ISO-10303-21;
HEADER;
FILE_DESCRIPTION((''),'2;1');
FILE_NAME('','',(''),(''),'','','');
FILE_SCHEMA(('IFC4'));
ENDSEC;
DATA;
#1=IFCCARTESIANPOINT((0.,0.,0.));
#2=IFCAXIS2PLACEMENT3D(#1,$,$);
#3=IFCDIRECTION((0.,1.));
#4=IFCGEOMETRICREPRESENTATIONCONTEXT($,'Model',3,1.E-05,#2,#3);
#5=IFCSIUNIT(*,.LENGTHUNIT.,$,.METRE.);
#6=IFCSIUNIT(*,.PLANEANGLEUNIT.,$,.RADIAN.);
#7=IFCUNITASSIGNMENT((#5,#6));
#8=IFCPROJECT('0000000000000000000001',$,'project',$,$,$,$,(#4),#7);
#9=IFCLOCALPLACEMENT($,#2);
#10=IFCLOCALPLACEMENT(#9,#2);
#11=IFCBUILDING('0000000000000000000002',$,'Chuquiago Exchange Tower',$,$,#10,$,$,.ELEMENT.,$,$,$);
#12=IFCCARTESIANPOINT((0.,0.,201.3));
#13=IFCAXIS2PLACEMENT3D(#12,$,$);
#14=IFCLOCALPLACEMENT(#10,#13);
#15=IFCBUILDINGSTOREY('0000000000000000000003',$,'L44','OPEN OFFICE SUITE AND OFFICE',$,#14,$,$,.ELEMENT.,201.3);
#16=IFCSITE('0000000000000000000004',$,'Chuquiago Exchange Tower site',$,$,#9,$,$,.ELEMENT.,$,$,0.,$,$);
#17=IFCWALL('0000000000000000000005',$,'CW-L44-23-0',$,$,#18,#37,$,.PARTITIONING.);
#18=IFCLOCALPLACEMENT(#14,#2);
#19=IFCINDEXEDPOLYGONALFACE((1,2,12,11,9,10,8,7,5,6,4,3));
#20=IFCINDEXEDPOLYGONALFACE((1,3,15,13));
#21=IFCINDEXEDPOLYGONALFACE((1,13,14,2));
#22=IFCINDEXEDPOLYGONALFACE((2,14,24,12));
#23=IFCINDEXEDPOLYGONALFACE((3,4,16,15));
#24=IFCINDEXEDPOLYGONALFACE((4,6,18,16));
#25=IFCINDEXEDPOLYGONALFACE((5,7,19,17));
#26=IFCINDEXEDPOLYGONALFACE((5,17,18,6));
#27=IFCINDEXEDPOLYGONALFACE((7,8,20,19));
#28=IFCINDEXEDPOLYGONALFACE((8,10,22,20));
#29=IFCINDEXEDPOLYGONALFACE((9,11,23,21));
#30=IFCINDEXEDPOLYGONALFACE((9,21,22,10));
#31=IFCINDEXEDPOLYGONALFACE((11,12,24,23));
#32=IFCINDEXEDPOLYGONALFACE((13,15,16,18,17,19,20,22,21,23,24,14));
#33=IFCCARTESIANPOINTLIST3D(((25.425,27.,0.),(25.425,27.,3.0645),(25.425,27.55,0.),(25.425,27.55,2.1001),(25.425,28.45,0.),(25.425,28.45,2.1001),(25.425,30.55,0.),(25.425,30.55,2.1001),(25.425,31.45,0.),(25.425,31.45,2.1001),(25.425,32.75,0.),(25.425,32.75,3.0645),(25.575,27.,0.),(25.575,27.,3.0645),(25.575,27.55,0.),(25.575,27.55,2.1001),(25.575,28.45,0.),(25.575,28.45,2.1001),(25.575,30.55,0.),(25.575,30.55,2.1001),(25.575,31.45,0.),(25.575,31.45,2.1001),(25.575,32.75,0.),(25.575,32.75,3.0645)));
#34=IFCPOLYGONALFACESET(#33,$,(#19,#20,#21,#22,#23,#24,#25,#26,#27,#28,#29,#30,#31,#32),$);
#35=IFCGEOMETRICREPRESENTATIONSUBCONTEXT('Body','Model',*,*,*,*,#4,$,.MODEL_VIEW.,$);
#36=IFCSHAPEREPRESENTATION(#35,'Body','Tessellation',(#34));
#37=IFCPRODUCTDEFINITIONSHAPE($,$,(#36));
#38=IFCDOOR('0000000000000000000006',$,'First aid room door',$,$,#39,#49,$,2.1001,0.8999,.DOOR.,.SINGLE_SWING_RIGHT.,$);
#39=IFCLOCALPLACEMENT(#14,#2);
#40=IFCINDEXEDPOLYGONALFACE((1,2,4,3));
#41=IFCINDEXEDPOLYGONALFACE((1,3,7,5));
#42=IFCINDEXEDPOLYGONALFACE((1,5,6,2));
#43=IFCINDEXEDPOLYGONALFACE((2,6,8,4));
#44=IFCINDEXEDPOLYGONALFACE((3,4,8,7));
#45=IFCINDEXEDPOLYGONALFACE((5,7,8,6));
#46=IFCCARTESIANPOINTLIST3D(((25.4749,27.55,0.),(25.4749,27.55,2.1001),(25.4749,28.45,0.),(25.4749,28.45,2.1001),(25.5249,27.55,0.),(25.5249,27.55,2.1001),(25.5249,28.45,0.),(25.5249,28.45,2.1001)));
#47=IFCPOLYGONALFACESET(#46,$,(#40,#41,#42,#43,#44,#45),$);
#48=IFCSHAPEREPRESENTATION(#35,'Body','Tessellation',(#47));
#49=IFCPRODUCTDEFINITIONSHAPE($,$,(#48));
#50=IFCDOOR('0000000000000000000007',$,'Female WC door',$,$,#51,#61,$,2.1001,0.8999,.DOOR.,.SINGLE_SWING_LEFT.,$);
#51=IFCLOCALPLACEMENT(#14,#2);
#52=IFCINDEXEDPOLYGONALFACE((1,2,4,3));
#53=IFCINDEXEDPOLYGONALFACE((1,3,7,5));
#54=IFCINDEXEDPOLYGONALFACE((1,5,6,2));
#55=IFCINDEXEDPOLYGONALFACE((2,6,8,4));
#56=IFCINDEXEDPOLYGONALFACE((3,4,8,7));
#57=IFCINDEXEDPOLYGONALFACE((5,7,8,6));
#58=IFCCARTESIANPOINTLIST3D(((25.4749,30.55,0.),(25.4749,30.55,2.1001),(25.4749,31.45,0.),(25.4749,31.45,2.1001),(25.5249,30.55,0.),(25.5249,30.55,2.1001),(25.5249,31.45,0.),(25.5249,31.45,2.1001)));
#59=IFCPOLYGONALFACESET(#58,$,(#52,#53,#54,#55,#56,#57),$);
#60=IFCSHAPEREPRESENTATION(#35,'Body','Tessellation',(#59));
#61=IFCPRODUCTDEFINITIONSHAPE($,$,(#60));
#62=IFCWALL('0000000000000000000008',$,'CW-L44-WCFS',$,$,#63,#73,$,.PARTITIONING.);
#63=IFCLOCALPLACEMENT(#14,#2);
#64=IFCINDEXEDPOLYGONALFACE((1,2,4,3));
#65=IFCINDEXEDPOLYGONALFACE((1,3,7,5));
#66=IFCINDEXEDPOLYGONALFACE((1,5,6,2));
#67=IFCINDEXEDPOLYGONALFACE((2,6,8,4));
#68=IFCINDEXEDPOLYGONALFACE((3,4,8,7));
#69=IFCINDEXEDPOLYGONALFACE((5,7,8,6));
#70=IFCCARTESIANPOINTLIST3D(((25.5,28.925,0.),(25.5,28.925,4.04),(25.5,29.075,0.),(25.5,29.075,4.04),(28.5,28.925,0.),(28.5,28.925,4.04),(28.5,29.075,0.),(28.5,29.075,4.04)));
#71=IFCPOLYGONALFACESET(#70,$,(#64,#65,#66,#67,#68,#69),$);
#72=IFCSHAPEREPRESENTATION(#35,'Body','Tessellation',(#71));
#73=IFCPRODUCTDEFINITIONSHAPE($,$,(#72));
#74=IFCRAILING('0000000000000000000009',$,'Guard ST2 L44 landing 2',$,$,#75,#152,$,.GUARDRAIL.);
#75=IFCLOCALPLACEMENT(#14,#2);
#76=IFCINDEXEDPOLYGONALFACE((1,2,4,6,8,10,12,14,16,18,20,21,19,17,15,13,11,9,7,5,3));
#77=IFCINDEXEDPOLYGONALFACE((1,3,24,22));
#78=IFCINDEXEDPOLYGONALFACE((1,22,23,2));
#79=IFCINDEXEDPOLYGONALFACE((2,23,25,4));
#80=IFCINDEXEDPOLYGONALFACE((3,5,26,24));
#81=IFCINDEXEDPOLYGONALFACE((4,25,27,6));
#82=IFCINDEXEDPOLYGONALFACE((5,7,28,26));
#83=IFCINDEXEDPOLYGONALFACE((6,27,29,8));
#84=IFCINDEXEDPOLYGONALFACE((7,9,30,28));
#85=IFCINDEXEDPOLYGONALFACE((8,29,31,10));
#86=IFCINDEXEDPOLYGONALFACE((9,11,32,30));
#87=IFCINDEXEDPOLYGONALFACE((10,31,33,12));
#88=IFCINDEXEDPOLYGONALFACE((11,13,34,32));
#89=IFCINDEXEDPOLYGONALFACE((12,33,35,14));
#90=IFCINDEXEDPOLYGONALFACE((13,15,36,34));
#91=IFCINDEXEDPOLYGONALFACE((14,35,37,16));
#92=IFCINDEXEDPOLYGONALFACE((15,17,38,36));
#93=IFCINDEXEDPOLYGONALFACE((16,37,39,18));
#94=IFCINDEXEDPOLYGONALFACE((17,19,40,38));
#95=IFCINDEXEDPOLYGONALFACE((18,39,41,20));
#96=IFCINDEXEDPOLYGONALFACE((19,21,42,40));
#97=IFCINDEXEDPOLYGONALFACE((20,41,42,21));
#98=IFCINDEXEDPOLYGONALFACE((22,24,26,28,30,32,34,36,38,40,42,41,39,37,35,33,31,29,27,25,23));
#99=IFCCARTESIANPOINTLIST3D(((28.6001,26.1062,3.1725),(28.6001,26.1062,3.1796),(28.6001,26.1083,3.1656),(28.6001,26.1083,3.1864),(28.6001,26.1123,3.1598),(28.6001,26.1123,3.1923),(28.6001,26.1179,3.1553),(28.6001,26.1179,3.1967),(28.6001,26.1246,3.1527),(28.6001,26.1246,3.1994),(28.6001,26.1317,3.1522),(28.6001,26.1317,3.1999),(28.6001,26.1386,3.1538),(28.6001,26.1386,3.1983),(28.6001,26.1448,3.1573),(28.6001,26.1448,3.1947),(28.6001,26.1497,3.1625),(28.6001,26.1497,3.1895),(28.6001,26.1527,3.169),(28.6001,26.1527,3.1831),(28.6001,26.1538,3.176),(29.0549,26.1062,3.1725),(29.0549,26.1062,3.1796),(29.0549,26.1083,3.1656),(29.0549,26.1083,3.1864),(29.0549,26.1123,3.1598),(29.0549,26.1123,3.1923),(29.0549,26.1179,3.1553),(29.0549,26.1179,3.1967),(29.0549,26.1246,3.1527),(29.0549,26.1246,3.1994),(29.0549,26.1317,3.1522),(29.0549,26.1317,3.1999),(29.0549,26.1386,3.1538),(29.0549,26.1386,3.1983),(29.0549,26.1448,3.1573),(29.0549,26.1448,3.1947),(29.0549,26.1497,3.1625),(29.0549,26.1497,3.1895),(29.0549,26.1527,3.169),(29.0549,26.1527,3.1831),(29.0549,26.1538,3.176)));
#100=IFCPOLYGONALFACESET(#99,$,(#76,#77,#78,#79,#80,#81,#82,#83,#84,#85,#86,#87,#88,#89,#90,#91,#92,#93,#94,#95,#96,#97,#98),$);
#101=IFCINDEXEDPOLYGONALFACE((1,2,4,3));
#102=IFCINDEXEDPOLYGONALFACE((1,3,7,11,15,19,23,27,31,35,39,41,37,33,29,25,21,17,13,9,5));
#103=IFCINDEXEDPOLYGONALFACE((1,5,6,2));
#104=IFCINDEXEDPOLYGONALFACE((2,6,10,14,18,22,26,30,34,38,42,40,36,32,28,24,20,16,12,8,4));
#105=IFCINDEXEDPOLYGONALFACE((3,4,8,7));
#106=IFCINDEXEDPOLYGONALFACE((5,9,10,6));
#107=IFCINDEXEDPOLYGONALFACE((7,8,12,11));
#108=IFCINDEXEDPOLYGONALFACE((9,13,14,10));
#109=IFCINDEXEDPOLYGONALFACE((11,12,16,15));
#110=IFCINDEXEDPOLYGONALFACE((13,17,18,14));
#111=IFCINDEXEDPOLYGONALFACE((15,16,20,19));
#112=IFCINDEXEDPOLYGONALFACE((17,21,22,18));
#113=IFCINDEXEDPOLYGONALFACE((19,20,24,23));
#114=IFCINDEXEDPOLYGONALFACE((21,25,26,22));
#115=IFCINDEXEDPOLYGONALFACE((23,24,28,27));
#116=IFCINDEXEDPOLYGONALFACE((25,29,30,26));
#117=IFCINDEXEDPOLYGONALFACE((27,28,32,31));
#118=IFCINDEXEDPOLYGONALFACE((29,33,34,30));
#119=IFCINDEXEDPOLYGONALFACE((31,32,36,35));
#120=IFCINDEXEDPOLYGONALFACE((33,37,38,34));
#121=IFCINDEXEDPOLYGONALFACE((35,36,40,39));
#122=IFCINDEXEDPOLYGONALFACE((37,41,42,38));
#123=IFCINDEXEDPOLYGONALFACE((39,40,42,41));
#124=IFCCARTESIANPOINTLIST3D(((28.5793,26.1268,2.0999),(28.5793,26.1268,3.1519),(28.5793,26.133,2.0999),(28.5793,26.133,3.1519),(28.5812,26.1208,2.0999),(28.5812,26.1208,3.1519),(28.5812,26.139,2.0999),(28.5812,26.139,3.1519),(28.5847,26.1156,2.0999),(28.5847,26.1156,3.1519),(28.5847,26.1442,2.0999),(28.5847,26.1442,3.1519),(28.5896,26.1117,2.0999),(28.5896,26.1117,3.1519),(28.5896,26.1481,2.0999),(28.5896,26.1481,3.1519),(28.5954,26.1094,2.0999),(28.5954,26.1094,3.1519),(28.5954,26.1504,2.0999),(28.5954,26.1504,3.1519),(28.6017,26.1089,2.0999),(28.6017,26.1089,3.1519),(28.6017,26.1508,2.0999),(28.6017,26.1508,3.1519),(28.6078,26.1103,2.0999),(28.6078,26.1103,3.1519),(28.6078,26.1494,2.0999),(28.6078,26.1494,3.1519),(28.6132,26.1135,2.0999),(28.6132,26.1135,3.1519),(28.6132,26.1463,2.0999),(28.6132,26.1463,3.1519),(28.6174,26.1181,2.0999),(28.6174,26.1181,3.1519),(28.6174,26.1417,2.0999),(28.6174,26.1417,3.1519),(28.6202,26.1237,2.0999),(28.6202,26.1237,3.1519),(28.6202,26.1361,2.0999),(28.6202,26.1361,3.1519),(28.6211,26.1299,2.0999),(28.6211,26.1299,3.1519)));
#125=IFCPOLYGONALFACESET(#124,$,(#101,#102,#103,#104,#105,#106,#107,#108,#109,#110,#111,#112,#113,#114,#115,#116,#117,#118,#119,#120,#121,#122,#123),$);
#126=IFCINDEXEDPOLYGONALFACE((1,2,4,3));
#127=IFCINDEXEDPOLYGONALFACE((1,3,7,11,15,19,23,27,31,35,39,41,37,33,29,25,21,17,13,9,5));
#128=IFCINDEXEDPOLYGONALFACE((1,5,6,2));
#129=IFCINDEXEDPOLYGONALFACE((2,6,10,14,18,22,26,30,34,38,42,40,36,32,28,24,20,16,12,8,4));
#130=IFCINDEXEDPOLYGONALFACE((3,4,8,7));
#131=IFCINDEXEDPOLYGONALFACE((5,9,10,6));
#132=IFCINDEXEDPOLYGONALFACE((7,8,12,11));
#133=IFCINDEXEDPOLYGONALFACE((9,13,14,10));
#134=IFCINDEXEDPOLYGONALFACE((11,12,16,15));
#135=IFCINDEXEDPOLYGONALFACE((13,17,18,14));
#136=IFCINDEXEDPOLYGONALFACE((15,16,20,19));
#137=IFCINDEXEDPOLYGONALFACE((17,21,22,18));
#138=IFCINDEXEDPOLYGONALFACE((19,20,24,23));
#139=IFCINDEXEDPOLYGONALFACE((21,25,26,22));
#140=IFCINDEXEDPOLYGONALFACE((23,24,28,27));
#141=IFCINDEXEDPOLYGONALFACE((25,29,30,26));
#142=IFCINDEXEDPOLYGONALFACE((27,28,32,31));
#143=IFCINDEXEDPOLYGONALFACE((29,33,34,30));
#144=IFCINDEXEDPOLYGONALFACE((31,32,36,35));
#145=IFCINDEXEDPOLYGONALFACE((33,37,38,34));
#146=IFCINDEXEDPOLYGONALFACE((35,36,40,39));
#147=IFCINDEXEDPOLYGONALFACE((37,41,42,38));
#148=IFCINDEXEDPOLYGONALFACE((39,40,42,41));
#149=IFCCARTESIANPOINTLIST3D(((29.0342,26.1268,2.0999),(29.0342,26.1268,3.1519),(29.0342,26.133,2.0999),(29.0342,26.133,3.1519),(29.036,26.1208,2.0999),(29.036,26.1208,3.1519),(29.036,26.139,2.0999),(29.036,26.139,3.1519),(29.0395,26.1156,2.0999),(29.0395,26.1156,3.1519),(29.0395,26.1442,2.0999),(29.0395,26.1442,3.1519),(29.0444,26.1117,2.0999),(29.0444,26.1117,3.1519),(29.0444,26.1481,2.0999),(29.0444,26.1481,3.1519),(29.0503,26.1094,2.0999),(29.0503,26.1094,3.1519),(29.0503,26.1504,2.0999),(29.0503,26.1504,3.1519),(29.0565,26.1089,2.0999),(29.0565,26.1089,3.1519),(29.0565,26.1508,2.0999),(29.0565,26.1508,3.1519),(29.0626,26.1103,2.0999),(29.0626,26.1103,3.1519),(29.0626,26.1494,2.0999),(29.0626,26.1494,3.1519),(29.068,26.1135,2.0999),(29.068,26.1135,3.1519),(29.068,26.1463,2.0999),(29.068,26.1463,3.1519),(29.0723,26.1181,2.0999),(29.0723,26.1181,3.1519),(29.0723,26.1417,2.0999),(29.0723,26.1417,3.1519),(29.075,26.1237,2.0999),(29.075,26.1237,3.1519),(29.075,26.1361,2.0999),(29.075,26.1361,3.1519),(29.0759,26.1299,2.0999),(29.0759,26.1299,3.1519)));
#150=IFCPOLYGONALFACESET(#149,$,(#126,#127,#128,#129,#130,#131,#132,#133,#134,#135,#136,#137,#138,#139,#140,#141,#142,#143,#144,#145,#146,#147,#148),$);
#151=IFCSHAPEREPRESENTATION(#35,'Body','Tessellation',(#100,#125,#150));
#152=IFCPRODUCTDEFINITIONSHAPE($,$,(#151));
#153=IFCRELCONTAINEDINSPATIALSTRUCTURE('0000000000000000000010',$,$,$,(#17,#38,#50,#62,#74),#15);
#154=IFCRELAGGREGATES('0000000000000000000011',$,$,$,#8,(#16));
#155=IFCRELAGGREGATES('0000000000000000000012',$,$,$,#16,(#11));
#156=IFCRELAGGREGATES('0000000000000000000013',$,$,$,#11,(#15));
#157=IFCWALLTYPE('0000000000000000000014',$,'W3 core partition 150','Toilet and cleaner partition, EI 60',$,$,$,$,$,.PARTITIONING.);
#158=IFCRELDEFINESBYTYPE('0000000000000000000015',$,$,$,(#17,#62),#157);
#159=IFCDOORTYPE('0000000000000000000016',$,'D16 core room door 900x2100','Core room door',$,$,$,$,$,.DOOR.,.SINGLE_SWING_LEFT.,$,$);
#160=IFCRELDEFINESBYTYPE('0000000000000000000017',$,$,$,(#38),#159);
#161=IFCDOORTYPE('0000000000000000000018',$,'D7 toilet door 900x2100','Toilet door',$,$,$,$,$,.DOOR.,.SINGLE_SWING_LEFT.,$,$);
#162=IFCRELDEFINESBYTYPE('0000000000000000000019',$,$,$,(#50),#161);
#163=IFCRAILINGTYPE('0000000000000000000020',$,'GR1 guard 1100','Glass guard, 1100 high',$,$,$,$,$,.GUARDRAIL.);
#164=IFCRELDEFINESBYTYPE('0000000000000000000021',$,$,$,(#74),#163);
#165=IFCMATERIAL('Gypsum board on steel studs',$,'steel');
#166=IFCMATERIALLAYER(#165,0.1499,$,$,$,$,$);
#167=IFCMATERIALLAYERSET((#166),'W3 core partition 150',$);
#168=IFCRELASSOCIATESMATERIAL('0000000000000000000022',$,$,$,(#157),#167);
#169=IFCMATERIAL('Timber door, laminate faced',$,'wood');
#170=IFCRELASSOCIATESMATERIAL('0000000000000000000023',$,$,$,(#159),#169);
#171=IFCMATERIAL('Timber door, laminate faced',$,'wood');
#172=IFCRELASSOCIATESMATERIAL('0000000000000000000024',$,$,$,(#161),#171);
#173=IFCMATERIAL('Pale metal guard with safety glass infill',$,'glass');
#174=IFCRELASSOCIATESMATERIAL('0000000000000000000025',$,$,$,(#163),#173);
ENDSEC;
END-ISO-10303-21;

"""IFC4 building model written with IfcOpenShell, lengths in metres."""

from ifc_helpers import new_model, si_unit, direction, frame, frame_2d, origin, origin_2d, place, context, subcontext, project, spatial, rectangle, circle, extrude, material, layer, layer_set, type_object, element, fill, save


model = new_model("IFC4")

# Units and contexts
model_context = context("Model", 3, precision=1e-05, world=origin(), true_north=direction((0.0, 1.0)))
body_context = subcontext(model_context, "Body", "Model", "MODEL_VIEW")
ifc_project = project(units=[si_unit("LENGTHUNIT", "METRE"), si_unit("PLANEANGLEUNIT", "RADIAN")], contexts=[model_context])

# Site, building, storey
site_placement = place(None, origin())
site = spatial("IfcSite", under=ifc_project, at=site_placement, Name="Chuquiago Exchange Tower site", CompositionType="ELEMENT", RefElevation=0.0)
building_placement = place(site_placement, origin())
building = spatial("IfcBuilding", under=site, at=building_placement, Name="Chuquiago Exchange Tower", CompositionType="ELEMENT")
storey_placement = place(building_placement, frame((0.0, 0.0, 201.3)))
storey = spatial("IfcBuildingStorey", under=building, at=storey_placement, Name="L44", Description="OPEN OFFICE SUITE AND OFFICE", CompositionType="ELEMENT", Elevation=201.3)

# Wall, openings, doors
ifc_material_1 = material(Name="Gypsum board on steel studs", Category="steel")
ifc_layer_1 = layer(ifc_material_1, 0.1499)
ifc_layer_set_1 = layer_set([ifc_layer_1], Name="W3 core partition 150")
wall_type_1 = type_object("IfcWallType", Name="W3 core partition 150", Description="Toilet and cleaner partition, EI 60", PredefinedType="PARTITIONING", material=ifc_layer_set_1)
ifc_material_2 = material(Name="Timber door, laminate faced", Category="wood")
door_type_1 = type_object("IfcDoorType", Name="D16 core room door 900x2100", Description="Core room door", OperationType="SINGLE_SWING_LEFT", PredefinedType="DOOR", material=ifc_material_2)
ifc_material_3 = material(Name="Timber door, laminate faced", Category="wood")
door_type_2 = type_object("IfcDoorType", Name="D7 toilet door 900x2100", Description="Toilet door", OperationType="SINGLE_SWING_LEFT", PredefinedType="DOOR", material=ifc_material_3)
wall_1_placement = place(storey_placement, frame((25.5, 27.0, 0.0), z_axis=(0.0, 0.0, 1.0), x_axis=(0.0, 1.0, 0.0)))
wall_1 = element("IfcWall", 1, at=wall_1_placement, inside=storey, type_object=wall_type_1, Name="CW-L44-23-0", PredefinedType="PARTITIONING", context=body_context, shape_type="SweptSolid", body=[
    extrude(rectangle(XDim=5.75, YDim=0.1499, at=frame_2d((2.875, 0.0))), origin(), (0.0, 0.0, 1.0), 3.0645),
])
opening_1_placement = place(wall_1_placement, frame((0.55, 0.0, 0.0)))
opening_1 = element("IfcOpeningElement", 2, at=opening_1_placement, cuts=wall_1, PredefinedType="OPENING", context=body_context, shape_type="SweptSolid", body=[
    extrude(rectangle(XDim=0.8999, YDim=2.1001, at=frame_2d((0.45, 1.05))), frame((0.0, 0.085, 0.0), z_axis=(0.0, -1.0, 0.0), x_axis=(1.0, 0.0, 0.0)), (0.0, 0.0, 1.0), 0.1699),
])
opening_2_placement = place(wall_1_placement, frame((3.55, 0.0, 0.0)))
opening_2 = element("IfcOpeningElement", 3, at=opening_2_placement, cuts=wall_1, PredefinedType="OPENING", context=body_context, shape_type="SweptSolid", body=[
    extrude(rectangle(XDim=0.8999, YDim=2.1001, at=frame_2d((0.45, 1.05))), frame((0.0, 0.085, 0.0), z_axis=(0.0, -1.0, 0.0), x_axis=(1.0, 0.0, 0.0)), (0.0, 0.0, 1.0), 0.1699),
])
door_1_placement = place(opening_1_placement, frame((0.8999, 0.0, 0.0), z_axis=(0.0, 0.0, 1.0), x_axis=(-1.0, 0.0, 0.0)))
door_1 = element("IfcDoor", 4, at=door_1_placement, inside=storey, type_object=door_type_1, Name="First aid room door", OperationType="SINGLE_SWING_RIGHT", OverallHeight=2.1001, OverallWidth=0.8999, PredefinedType="DOOR", context=body_context, shape_type="SweptSolid", body=[
    extrude(rectangle(XDim=0.8999, YDim=2.1001, at=frame_2d((0.45, 1.05))), frame((0.0, 0.0249, 0.0), z_axis=(0.0, -1.0, 0.0), x_axis=(1.0, 0.0, 0.0)), (0.0, 0.0, 1.0), 0.05),
])
fill(opening_1, door_1)
door_2_placement = place(opening_2_placement, frame((0.8999, 0.0, 0.0), z_axis=(0.0, 0.0, 1.0), x_axis=(-1.0, 0.0, 0.0)))
door_2 = element("IfcDoor", 5, at=door_2_placement, inside=storey, type_object=door_type_2, Name="Female WC door", OperationType="SINGLE_SWING_LEFT", OverallHeight=2.1001, OverallWidth=0.8999, PredefinedType="DOOR", context=body_context, shape_type="SweptSolid", body=[
    extrude(rectangle(XDim=0.8999, YDim=2.1001, at=frame_2d((0.45, 1.05))), frame((0.0, 0.0249, 0.0), z_axis=(0.0, -1.0, 0.0), x_axis=(1.0, 0.0, 0.0)), (0.0, 0.0, 1.0), 0.05),
])
fill(opening_2, door_2)

# Wall
wall_2_placement = place(storey_placement, frame((25.5, 29.0, 0.0), z_axis=(0.0, 0.0, 1.0), x_axis=(1.0, 0.0, 0.0)))
element("IfcWall", 6, at=wall_2_placement, inside=storey, type_object=wall_type_1, Name="CW-L44-WCFS", PredefinedType="PARTITIONING", context=body_context, shape_type="SweptSolid", body=[
    extrude(rectangle(XDim=3.0, YDim=0.1499, at=frame_2d((1.5, 0.0))), origin(), (0.0, 0.0, 1.0), 4.04),
])

# Railing
ifc_material_4 = material(Name="Pale metal guard with safety glass infill", Category="glass")
railing_type_1 = type_object("IfcRailingType", Name="GR1 guard 1100", Description="Glass guard, 1100 high", PredefinedType="GUARDRAIL", material=ifc_material_4)
railing_1_placement = place(storey_placement, frame((28.6001, 26.1299, 2.0999)))
element("IfcRailing", 7, at=railing_1_placement, inside=storey, type_object=railing_type_1, Name="Guard ST2 L44 landing 2", PredefinedType="GUARDRAIL", context=body_context, shape_type="SweptSolid", body=[
    extrude(circle(Radius=0.0239, at=origin_2d()), frame((0.0, 0.0, 1.0762), z_axis=(1.0, 0.0, 0.0), x_axis=(0.0, 1.0, 0.0)), (0.0, 0.0, 1.0), 0.4548),
    extrude(circle(Radius=0.021, at=origin_2d()), origin(), (0.0, 0.0, 1.0), 1.052),
    extrude(circle(Radius=0.021, at=origin_2d()), frame((0.4548, 0.0, 0.0)), (0.0, 0.0, 1.0), 1.052),
])

save(model, "model.ifc")
